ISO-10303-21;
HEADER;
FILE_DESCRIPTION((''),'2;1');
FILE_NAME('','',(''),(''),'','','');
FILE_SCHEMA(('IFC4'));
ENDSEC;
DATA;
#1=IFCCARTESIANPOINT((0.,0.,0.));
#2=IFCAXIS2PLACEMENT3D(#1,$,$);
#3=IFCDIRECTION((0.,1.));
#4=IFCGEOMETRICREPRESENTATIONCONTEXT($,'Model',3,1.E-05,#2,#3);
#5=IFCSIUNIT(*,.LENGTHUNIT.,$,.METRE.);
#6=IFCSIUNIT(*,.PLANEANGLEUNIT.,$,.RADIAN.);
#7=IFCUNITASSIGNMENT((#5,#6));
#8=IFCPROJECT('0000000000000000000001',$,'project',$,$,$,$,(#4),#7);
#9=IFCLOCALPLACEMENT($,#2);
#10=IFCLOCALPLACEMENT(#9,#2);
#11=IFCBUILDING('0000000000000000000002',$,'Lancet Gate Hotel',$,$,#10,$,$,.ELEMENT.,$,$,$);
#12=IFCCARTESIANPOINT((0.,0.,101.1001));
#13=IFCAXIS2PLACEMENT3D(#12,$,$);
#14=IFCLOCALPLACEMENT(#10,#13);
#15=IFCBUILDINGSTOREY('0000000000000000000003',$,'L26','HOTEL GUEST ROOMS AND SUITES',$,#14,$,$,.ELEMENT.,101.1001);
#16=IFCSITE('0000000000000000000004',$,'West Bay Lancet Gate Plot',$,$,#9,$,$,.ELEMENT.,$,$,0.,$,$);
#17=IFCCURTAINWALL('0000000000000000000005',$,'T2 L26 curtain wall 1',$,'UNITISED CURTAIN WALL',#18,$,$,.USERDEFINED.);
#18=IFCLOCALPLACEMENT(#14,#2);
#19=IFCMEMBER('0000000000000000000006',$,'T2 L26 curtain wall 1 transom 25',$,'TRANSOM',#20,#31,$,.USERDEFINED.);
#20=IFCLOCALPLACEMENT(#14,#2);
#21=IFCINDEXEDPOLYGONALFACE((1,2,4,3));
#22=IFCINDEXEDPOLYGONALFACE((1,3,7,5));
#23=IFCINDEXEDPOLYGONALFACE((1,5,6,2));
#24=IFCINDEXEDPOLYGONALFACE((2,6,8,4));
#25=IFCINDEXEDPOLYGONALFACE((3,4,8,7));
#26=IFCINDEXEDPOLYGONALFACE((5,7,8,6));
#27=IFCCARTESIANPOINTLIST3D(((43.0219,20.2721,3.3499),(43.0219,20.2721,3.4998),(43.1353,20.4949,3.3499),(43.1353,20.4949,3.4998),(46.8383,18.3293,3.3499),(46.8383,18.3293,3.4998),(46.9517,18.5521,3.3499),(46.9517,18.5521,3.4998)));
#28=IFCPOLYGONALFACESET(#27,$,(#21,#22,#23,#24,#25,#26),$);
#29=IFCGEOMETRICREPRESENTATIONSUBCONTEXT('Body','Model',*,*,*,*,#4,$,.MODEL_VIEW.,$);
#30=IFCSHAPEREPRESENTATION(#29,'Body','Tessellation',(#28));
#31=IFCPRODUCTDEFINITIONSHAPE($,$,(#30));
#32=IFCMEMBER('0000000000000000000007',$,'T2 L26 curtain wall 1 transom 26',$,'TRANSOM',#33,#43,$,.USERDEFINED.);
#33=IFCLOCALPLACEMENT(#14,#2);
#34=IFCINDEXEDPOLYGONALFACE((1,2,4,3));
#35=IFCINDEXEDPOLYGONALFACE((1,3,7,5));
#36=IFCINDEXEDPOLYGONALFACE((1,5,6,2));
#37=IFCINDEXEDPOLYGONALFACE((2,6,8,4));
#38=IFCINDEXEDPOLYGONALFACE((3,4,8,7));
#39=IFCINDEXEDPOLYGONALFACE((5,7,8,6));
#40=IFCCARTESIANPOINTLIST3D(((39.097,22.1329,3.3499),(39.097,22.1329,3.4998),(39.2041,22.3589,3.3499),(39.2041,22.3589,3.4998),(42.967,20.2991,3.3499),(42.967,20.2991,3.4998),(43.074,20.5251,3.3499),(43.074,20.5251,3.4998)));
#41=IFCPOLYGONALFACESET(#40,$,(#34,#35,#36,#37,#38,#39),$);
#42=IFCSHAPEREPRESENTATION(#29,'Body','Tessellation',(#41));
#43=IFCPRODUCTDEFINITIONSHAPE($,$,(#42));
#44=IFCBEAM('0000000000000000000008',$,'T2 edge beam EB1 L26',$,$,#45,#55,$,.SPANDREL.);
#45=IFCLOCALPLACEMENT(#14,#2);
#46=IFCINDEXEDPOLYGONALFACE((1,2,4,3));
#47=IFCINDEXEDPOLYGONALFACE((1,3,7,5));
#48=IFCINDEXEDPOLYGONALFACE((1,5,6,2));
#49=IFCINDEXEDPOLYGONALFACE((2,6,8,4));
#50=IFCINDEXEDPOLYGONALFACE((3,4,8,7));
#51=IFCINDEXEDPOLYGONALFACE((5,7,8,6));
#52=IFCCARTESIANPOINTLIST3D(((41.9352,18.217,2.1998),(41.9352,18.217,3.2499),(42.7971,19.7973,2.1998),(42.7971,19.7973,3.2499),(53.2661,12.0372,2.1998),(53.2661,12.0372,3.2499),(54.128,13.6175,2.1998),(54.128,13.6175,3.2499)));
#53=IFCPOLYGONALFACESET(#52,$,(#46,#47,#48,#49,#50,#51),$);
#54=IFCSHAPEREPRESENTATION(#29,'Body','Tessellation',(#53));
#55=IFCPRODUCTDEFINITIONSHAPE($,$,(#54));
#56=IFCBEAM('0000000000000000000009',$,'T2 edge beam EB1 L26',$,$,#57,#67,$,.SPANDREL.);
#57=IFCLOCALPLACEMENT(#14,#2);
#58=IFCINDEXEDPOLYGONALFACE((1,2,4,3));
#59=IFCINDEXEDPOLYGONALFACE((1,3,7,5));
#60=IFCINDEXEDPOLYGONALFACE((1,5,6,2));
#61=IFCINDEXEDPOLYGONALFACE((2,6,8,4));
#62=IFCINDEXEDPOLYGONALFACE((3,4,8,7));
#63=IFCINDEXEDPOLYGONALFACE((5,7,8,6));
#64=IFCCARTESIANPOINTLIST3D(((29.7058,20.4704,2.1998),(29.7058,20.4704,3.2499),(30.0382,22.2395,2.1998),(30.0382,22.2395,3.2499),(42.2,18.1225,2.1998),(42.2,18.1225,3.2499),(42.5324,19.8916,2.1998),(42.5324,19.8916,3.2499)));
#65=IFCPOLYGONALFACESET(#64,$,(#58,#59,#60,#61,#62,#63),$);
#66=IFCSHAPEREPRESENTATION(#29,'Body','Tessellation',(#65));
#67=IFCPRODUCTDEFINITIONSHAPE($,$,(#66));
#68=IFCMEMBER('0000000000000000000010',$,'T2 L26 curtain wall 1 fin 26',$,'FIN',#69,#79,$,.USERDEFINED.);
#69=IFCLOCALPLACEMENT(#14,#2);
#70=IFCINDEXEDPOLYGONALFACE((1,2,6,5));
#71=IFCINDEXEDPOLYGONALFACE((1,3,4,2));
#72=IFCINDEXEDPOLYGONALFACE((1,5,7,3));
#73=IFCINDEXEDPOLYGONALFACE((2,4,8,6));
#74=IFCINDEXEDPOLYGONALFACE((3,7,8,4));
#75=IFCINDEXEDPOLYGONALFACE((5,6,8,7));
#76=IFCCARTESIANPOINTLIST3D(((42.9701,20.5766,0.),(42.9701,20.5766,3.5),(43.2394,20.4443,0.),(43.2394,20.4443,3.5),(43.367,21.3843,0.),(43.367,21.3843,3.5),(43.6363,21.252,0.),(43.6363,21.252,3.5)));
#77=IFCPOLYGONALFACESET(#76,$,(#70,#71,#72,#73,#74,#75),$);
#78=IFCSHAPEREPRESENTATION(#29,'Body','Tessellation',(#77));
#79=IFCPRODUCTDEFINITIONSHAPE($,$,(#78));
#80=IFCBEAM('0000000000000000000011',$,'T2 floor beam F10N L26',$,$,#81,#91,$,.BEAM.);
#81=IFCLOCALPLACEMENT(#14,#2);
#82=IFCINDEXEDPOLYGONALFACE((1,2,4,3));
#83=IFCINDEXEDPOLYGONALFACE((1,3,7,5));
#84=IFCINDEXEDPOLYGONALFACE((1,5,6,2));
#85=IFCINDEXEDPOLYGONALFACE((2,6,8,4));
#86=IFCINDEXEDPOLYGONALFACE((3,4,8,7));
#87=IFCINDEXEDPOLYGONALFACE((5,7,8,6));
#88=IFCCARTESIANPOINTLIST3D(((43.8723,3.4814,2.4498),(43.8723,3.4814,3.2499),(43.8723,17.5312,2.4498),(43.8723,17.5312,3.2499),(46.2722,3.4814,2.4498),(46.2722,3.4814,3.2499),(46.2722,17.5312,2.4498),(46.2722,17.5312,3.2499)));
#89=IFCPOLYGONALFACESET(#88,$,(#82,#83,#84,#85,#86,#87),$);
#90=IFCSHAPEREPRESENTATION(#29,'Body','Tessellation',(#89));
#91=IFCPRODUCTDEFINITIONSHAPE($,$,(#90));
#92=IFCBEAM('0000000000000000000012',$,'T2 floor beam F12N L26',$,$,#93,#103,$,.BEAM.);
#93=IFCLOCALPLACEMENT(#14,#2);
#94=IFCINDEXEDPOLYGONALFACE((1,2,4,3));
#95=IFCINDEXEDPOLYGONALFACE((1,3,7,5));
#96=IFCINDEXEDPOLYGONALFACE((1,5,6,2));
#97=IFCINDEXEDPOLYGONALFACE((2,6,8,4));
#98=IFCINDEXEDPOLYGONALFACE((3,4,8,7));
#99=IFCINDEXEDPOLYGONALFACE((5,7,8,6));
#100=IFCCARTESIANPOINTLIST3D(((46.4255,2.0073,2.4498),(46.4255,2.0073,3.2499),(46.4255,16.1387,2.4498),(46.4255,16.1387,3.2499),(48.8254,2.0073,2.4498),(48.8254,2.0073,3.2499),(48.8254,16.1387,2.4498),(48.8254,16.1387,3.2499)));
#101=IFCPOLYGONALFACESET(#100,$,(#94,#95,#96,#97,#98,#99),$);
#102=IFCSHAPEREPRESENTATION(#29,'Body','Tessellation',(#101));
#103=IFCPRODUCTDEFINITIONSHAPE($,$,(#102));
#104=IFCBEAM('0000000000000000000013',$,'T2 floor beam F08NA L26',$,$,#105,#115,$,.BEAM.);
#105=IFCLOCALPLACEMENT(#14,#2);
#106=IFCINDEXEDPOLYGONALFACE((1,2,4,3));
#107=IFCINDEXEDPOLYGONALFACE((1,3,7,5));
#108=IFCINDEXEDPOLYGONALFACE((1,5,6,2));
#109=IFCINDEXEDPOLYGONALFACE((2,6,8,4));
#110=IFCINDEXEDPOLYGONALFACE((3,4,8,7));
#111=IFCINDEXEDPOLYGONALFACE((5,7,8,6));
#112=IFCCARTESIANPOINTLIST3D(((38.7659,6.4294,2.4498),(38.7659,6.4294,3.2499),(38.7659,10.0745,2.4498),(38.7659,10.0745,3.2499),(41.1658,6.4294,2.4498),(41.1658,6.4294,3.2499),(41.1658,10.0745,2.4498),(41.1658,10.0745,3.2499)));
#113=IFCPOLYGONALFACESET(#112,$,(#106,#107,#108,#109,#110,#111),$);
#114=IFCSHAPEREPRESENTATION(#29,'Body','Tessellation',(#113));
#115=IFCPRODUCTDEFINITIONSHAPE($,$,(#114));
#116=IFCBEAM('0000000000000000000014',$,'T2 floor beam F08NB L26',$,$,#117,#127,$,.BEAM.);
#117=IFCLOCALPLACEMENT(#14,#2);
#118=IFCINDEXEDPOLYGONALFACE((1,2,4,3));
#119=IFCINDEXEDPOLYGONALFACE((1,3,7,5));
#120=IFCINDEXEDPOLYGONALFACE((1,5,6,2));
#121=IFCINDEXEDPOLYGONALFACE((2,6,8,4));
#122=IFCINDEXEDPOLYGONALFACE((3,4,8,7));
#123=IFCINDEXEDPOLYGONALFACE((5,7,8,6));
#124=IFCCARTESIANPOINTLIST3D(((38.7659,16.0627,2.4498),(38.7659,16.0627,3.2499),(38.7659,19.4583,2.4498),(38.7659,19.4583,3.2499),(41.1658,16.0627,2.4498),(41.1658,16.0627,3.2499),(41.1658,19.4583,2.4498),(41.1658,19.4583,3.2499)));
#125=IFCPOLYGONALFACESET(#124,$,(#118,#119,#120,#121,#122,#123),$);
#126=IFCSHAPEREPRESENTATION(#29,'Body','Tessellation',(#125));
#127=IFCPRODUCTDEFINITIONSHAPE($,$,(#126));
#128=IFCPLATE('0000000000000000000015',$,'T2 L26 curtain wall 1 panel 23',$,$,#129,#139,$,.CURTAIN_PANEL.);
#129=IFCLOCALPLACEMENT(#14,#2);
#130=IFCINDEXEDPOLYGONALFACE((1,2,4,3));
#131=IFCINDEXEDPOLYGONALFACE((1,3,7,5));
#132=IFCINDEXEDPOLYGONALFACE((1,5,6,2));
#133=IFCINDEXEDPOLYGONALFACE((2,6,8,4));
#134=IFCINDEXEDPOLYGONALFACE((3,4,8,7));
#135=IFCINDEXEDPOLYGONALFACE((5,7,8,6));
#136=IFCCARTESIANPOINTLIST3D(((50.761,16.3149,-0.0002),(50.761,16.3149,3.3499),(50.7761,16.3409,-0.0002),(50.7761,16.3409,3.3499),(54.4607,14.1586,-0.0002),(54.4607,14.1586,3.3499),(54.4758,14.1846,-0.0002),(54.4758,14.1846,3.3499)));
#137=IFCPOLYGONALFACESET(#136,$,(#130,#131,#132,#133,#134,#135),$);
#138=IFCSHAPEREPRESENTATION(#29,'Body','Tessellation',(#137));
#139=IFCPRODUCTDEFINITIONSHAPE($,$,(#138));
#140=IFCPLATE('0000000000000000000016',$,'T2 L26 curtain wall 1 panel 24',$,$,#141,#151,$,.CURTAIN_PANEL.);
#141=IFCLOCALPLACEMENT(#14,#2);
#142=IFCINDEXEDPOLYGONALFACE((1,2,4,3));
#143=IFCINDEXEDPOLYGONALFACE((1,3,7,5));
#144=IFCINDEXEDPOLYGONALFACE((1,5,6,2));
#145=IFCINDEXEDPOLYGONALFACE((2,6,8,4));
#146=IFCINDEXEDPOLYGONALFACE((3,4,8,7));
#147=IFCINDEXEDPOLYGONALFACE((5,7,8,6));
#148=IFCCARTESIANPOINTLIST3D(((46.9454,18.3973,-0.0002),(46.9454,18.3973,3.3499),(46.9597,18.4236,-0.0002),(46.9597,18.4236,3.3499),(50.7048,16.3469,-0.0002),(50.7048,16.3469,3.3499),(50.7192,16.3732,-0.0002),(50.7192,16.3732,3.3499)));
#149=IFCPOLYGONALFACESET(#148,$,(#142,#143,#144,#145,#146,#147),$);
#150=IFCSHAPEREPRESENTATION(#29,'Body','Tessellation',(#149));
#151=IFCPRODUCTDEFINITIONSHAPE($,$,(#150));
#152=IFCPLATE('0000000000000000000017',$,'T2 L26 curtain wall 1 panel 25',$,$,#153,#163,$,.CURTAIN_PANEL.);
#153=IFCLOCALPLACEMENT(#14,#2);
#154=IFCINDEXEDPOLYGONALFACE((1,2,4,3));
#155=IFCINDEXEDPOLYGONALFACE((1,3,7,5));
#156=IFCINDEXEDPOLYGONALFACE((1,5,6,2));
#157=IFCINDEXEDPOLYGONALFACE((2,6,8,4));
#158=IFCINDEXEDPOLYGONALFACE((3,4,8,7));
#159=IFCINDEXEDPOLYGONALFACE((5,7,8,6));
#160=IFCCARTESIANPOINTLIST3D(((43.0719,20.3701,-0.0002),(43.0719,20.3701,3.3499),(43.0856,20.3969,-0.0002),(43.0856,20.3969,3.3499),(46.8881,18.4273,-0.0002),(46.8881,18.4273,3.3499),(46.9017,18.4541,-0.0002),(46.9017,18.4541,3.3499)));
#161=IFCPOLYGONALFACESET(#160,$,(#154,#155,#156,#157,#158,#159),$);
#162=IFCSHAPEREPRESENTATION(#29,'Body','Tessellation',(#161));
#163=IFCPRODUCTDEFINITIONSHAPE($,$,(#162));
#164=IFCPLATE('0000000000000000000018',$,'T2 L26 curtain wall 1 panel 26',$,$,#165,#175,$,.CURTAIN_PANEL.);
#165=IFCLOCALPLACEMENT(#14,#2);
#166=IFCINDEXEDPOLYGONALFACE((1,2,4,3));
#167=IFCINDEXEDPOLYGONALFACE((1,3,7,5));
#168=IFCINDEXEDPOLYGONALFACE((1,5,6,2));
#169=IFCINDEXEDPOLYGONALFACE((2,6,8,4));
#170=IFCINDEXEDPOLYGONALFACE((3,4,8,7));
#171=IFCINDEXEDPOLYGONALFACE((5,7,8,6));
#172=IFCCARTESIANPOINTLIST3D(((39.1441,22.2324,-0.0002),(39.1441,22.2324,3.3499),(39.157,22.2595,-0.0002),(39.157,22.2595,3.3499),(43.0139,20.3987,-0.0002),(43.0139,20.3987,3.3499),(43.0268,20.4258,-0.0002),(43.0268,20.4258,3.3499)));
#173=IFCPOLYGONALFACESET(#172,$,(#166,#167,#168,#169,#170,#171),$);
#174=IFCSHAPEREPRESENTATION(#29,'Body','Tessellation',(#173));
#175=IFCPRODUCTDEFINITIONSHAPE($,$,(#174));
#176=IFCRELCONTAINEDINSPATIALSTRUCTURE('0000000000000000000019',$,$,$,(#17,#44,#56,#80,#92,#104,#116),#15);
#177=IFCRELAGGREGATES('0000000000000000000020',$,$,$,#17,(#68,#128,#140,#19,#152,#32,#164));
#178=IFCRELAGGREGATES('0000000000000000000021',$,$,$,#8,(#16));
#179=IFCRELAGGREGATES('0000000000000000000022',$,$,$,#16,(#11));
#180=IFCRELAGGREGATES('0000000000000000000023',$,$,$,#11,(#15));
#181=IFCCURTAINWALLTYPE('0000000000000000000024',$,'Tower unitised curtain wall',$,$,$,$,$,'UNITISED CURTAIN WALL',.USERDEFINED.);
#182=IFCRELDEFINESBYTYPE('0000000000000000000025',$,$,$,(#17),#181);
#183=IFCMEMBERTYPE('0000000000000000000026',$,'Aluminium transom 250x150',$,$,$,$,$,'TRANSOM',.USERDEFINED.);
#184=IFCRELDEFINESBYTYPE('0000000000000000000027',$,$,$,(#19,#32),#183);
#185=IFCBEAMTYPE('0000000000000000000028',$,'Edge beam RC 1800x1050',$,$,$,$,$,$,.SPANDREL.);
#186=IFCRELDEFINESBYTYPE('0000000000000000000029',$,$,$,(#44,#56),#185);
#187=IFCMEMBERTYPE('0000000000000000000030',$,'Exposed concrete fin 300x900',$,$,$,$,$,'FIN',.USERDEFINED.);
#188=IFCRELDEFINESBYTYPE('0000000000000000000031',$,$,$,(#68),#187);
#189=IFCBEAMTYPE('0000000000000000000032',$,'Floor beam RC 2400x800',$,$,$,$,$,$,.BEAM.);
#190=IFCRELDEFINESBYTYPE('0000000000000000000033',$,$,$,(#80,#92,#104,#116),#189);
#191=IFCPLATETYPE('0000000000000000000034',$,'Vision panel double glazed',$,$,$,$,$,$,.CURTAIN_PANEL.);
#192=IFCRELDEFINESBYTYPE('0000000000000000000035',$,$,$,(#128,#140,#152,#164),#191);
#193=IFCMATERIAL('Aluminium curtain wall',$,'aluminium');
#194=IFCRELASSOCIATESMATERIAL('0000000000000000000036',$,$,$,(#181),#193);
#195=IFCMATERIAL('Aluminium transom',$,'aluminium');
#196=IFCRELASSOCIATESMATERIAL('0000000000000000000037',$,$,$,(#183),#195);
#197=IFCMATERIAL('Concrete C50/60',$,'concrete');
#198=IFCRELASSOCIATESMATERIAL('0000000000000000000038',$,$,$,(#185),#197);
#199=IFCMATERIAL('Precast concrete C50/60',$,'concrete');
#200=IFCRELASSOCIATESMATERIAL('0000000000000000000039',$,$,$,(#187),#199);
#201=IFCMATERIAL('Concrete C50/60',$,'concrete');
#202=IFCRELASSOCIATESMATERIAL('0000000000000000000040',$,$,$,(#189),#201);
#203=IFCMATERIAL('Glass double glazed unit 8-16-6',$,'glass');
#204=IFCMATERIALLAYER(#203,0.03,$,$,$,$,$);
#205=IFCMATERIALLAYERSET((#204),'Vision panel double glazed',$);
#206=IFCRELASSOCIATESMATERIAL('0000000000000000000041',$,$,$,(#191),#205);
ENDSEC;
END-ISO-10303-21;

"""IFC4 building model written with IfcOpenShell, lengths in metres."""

from ifc_helpers import new_model, si_unit, direction, frame, origin, origin_2d, place, context, subcontext, project, spatial, rectangle, extrude, material, layer, layer_set, material_profile, profile_set, type_object, element, aggregate, save


model = new_model("IFC4")

# Units and contexts
model_context = context("Model", 3, precision=1e-05, world=origin(), true_north=direction((0.0, 1.0)))
body_context = subcontext(model_context, "Body", "Model", "MODEL_VIEW")
ifc_project = project(units=[si_unit("LENGTHUNIT", "METRE"), si_unit("PLANEANGLEUNIT", "RADIAN")], contexts=[model_context])

# Site, building, storey
site_placement = place(None, origin())
site = spatial("IfcSite", under=ifc_project, at=site_placement, Name="West Bay Lancet Gate Plot", CompositionType="ELEMENT", RefElevation=0.0)
building_placement = place(site_placement, origin())
building = spatial("IfcBuilding", under=site, at=building_placement, Name="Lancet Gate Hotel", CompositionType="ELEMENT")
storey_placement = place(building_placement, frame((0.0, 0.0, 101.1001)))
storey = spatial("IfcBuildingStorey", under=building, at=storey_placement, Name="L26", Description="HOTEL GUEST ROOMS AND SUITES", CompositionType="ELEMENT", Elevation=101.1001)

# Curtain wall, members
ifc_material_1 = material(Name="Aluminium curtain wall", Category="aluminium")
curtain_wall_type = type_object("IfcCurtainWallType", Name="Tower unitised curtain wall", ElementType="UNITISED CURTAIN WALL", PredefinedType="USERDEFINED", material=ifc_material_1)
curtain_wall_placement = place(storey_placement, origin())
curtain_wall = element("IfcCurtainWall", 1, at=curtain_wall_placement, inside=storey, type_object=curtain_wall_type, Name="T2 L26 curtain wall 1", ObjectType="UNITISED CURTAIN WALL", PredefinedType="USERDEFINED")
ifc_material_2 = material(Name="Aluminium transom", Category="aluminium")
ifc_material_profile_1 = material_profile(ifc_material_2, rectangle(XDim=0.25, YDim=0.1499, at=origin_2d()), Name="TRANSOM 250x150")
ifc_profile_set_1 = profile_set([ifc_material_profile_1], Name="Aluminium transom")
member_type_1 = type_object("IfcMemberType", Name="Aluminium transom 250x150", ElementType="TRANSOM", PredefinedType="USERDEFINED", material=ifc_profile_set_1)
member_1_placement = place(storey_placement, frame((46.895, 18.4407, 3.4248), z_axis=(-0.891166, 0.453678, 0.0), x_axis=(-0.453678, -0.891166, 0.0)))
member_1 = element("IfcMember", 2, at=member_1_placement, type_object=member_type_1, Name="T2 L26 curtain wall 1 transom 25", ObjectType="TRANSOM", PredefinedType="USERDEFINED", context=body_context, shape_type="SweptSolid", body=[
    extrude(rectangle(XDim=0.25, YDim=0.1499, at=origin_2d()), origin(), (0.0, 0.0, 1.0), 4.2825),
])
member_2_placement = place(storey_placement, frame((43.0205, 20.4121, 3.4248), z_axis=(-0.90368, 0.428209, 0.0), x_axis=(-0.428209, -0.90368, 0.0)))
member_2 = element("IfcMember", 3, at=member_2_placement, type_object=member_type_1, Name="T2 L26 curtain wall 1 transom 26", ObjectType="TRANSOM", PredefinedType="USERDEFINED", context=body_context, shape_type="SweptSolid", body=[
    extrude(rectangle(XDim=0.25, YDim=0.1499, at=origin_2d()), origin(), (0.0, 0.0, 1.0), 4.2825),
])

# Beams
ifc_material_3 = material(Name="Concrete C50/60", Category="concrete")
ifc_material_profile_2 = material_profile(ifc_material_3, rectangle(XDim=1.8, YDim=1.05, at=origin_2d()), Name="RC 1800x1050")
ifc_profile_set_2 = profile_set([ifc_material_profile_2], Name="Concrete C50/60")
beam_type_1 = type_object("IfcBeamType", Name="Edge beam RC 1800x1050", PredefinedType="SPANDREL", material=ifc_profile_set_2)
beam_1_placement = place(storey_placement, frame((53.697, 12.8274, 2.7249), z_axis=(-0.87792, 0.478807, 0.0), x_axis=(-0.478807, -0.87792, 0.0)))
element("IfcBeam", 4, at=beam_1_placement, inside=storey, type_object=beam_type_1, Name="T2 edge beam EB1 L26", PredefinedType="SPANDREL", context=body_context, shape_type="SweptSolid", body=[
    extrude(rectangle(XDim=1.8, YDim=1.05, at=origin_2d()), origin(), (0.0, 0.0, 1.0), 12.9065),
])
beam_2_placement = place(storey_placement, frame((42.3662, 19.0071, 2.7249), z_axis=(-0.982797, 0.184687, 0.0), x_axis=(-0.184687, -0.982797, 0.0)))
element("IfcBeam", 5, at=beam_2_placement, inside=storey, type_object=beam_type_1, Name="T2 edge beam EB1 L26", PredefinedType="SPANDREL", context=body_context, shape_type="SweptSolid", body=[
    extrude(rectangle(XDim=1.8, YDim=1.05, at=origin_2d()), origin(), (0.0, 0.0, 1.0), 12.7129),
])

# Member
ifc_material_4 = material(Name="Precast concrete C50/60", Category="concrete")
ifc_material_profile_3 = material_profile(ifc_material_4, rectangle(XDim=0.3, YDim=0.8999, at=origin_2d()), Name="FIN 300x900")
ifc_profile_set_3 = profile_set([ifc_material_profile_3], Name="Precast concrete C50/60")
member_type_2 = type_object("IfcMemberType", Name="Exposed concrete fin 300x900", ElementType="FIN", PredefinedType="USERDEFINED", material=ifc_profile_set_3)
member_3_placement = place(storey_placement, frame((43.3032, 20.9143, 0.0), z_axis=(0.0, 0.0, 1.0), x_axis=(-0.897512, 0.44099, 0.0)))
member_3 = element("IfcMember", 6, at=member_3_placement, type_object=member_type_2, Name="T2 L26 curtain wall 1 fin 26", ObjectType="FIN", PredefinedType="USERDEFINED", context=body_context, shape_type="SweptSolid", body=[
    extrude(rectangle(XDim=0.3, YDim=0.8999, at=origin_2d()), origin(), (0.0, 0.0, 1.0), 3.5),
])

# Beams
ifc_material_5 = material(Name="Concrete C50/60", Category="concrete")
ifc_material_profile_4 = material_profile(ifc_material_5, rectangle(XDim=2.3999, YDim=0.8, at=origin_2d()), Name="RC 2400x800")
ifc_profile_set_4 = profile_set([ifc_material_profile_4], Name="Concrete C50/60")
beam_type_2 = type_object("IfcBeamType", Name="Floor beam RC 2400x800", PredefinedType="BEAM", material=ifc_profile_set_4)
beam_3_placement = place(storey_placement, frame((45.0723, 3.4814, 2.8499), z_axis=(0.0, 1.0, 0.0), x_axis=(-1.0, 0.0, 0.0)))
element("IfcBeam", 7, at=beam_3_placement, inside=storey, type_object=beam_type_2, Name="T2 floor beam F10N L26", PredefinedType="BEAM", context=body_context, shape_type="SweptSolid", body=[
    extrude(rectangle(XDim=2.3999, YDim=0.8, at=origin_2d()), origin(), (0.0, 0.0, 1.0), 14.0498),
])
beam_4_placement = place(storey_placement, frame((47.6255, 2.0073, 2.8499), z_axis=(0.0, 1.0, 0.0), x_axis=(-1.0, 0.0, 0.0)))
element("IfcBeam", 8, at=beam_4_placement, inside=storey, type_object=beam_type_2, Name="T2 floor beam F12N L26", PredefinedType="BEAM", context=body_context, shape_type="SweptSolid", body=[
    extrude(rectangle(XDim=2.3999, YDim=0.8, at=origin_2d()), origin(), (0.0, 0.0, 1.0), 14.1313),
])
beam_5_placement = place(storey_placement, frame((39.9658, 6.4294, 2.8499), z_axis=(0.0, 1.0, 0.0), x_axis=(-1.0, 0.0, 0.0)))
element("IfcBeam", 9, at=beam_5_placement, inside=storey, type_object=beam_type_2, Name="T2 floor beam F08NA L26", PredefinedType="BEAM", context=body_context, shape_type="SweptSolid", body=[
    extrude(rectangle(XDim=2.3999, YDim=0.8, at=origin_2d()), origin(), (0.0, 0.0, 1.0), 3.645),
])
beam_6_placement = place(storey_placement, frame((39.9658, 16.0627, 2.8499), z_axis=(0.0, 1.0, 0.0), x_axis=(-1.0, 0.0, 0.0)))
element("IfcBeam", 10, at=beam_6_placement, inside=storey, type_object=beam_type_2, Name="T2 floor beam F08NB L26", PredefinedType="BEAM", context=body_context, shape_type="SweptSolid", body=[
    extrude(rectangle(XDim=2.3999, YDim=0.8, at=origin_2d()), origin(), (0.0, 0.0, 1.0), 3.3955),
])

# Plates
ifc_material_6 = material(Name="Glass double glazed unit 8-16-6", Category="glass")
ifc_layer_1 = layer(ifc_material_6, 0.03)
ifc_layer_set_1 = layer_set([ifc_layer_1], Name="Vision panel double glazed")
plate_type = type_object("IfcPlateType", Name="Vision panel double glazed", PredefinedType="CURTAIN_PANEL", material=ifc_layer_set_1)
plate_1_placement = place(storey_placement, frame((52.6184, 15.2498, -0.0002), z_axis=(0.0, 0.0, 1.0), x_axis=(-0.863966, 0.503551, 0.0)))
plate_1 = element("IfcPlate", 11, at=plate_1_placement, type_object=plate_type, Name="T2 L26 curtain wall 1 panel 23", PredefinedType="CURTAIN_PANEL", context=body_context, shape_type="SweptSolid", body=[
    extrude(rectangle(XDim=4.2822, YDim=0.03, at=origin_2d()), origin(), (0.0, 0.0, 1.0), 3.3501),
])
plate_2_placement = place(storey_placement, frame((48.8323, 17.3853, -0.0002), z_axis=(0.0, 0.0, 1.0), x_axis=(-0.877916, 0.478814, 0.0)))
plate_2 = element("IfcPlate", 12, at=plate_2_placement, type_object=plate_type, Name="T2 L26 curtain wall 1 panel 24", PredefinedType="CURTAIN_PANEL", context=body_context, shape_type="SweptSolid", body=[
    extrude(rectangle(XDim=4.2822, YDim=0.03, at=origin_2d()), origin(), (0.0, 0.0, 1.0), 3.3501),
])
plate_3_placement = place(storey_placement, frame((44.9868, 19.4121, -0.0002), z_axis=(0.0, 0.0, 1.0), x_axis=(-0.891159, 0.45369, 0.0)))
plate_3 = element("IfcPlate", 13, at=plate_3_placement, type_object=plate_type, Name="T2 L26 curtain wall 1 panel 25", PredefinedType="CURTAIN_PANEL", context=body_context, shape_type="SweptSolid", body=[
    extrude(rectangle(XDim=4.2822, YDim=0.03, at=origin_2d()), origin(), (0.0, 0.0, 1.0), 3.3501),
])
plate_4_placement = place(storey_placement, frame((41.0854, 21.3291, -0.0002), z_axis=(0.0, 0.0, 1.0), x_axis=(-0.903683, 0.428201, 0.0)))
plate_4 = element("IfcPlate", 14, at=plate_4_placement, type_object=plate_type, Name="T2 L26 curtain wall 1 panel 26", PredefinedType="CURTAIN_PANEL", context=body_context, shape_type="SweptSolid", body=[
    extrude(rectangle(XDim=4.2822, YDim=0.03, at=origin_2d()), origin(), (0.0, 0.0, 1.0), 3.3501),
])
aggregate(curtain_wall, [member_3, plate_1, plate_2, member_1, plate_3, member_2, plate_4])

save(model, "model.ifc")
